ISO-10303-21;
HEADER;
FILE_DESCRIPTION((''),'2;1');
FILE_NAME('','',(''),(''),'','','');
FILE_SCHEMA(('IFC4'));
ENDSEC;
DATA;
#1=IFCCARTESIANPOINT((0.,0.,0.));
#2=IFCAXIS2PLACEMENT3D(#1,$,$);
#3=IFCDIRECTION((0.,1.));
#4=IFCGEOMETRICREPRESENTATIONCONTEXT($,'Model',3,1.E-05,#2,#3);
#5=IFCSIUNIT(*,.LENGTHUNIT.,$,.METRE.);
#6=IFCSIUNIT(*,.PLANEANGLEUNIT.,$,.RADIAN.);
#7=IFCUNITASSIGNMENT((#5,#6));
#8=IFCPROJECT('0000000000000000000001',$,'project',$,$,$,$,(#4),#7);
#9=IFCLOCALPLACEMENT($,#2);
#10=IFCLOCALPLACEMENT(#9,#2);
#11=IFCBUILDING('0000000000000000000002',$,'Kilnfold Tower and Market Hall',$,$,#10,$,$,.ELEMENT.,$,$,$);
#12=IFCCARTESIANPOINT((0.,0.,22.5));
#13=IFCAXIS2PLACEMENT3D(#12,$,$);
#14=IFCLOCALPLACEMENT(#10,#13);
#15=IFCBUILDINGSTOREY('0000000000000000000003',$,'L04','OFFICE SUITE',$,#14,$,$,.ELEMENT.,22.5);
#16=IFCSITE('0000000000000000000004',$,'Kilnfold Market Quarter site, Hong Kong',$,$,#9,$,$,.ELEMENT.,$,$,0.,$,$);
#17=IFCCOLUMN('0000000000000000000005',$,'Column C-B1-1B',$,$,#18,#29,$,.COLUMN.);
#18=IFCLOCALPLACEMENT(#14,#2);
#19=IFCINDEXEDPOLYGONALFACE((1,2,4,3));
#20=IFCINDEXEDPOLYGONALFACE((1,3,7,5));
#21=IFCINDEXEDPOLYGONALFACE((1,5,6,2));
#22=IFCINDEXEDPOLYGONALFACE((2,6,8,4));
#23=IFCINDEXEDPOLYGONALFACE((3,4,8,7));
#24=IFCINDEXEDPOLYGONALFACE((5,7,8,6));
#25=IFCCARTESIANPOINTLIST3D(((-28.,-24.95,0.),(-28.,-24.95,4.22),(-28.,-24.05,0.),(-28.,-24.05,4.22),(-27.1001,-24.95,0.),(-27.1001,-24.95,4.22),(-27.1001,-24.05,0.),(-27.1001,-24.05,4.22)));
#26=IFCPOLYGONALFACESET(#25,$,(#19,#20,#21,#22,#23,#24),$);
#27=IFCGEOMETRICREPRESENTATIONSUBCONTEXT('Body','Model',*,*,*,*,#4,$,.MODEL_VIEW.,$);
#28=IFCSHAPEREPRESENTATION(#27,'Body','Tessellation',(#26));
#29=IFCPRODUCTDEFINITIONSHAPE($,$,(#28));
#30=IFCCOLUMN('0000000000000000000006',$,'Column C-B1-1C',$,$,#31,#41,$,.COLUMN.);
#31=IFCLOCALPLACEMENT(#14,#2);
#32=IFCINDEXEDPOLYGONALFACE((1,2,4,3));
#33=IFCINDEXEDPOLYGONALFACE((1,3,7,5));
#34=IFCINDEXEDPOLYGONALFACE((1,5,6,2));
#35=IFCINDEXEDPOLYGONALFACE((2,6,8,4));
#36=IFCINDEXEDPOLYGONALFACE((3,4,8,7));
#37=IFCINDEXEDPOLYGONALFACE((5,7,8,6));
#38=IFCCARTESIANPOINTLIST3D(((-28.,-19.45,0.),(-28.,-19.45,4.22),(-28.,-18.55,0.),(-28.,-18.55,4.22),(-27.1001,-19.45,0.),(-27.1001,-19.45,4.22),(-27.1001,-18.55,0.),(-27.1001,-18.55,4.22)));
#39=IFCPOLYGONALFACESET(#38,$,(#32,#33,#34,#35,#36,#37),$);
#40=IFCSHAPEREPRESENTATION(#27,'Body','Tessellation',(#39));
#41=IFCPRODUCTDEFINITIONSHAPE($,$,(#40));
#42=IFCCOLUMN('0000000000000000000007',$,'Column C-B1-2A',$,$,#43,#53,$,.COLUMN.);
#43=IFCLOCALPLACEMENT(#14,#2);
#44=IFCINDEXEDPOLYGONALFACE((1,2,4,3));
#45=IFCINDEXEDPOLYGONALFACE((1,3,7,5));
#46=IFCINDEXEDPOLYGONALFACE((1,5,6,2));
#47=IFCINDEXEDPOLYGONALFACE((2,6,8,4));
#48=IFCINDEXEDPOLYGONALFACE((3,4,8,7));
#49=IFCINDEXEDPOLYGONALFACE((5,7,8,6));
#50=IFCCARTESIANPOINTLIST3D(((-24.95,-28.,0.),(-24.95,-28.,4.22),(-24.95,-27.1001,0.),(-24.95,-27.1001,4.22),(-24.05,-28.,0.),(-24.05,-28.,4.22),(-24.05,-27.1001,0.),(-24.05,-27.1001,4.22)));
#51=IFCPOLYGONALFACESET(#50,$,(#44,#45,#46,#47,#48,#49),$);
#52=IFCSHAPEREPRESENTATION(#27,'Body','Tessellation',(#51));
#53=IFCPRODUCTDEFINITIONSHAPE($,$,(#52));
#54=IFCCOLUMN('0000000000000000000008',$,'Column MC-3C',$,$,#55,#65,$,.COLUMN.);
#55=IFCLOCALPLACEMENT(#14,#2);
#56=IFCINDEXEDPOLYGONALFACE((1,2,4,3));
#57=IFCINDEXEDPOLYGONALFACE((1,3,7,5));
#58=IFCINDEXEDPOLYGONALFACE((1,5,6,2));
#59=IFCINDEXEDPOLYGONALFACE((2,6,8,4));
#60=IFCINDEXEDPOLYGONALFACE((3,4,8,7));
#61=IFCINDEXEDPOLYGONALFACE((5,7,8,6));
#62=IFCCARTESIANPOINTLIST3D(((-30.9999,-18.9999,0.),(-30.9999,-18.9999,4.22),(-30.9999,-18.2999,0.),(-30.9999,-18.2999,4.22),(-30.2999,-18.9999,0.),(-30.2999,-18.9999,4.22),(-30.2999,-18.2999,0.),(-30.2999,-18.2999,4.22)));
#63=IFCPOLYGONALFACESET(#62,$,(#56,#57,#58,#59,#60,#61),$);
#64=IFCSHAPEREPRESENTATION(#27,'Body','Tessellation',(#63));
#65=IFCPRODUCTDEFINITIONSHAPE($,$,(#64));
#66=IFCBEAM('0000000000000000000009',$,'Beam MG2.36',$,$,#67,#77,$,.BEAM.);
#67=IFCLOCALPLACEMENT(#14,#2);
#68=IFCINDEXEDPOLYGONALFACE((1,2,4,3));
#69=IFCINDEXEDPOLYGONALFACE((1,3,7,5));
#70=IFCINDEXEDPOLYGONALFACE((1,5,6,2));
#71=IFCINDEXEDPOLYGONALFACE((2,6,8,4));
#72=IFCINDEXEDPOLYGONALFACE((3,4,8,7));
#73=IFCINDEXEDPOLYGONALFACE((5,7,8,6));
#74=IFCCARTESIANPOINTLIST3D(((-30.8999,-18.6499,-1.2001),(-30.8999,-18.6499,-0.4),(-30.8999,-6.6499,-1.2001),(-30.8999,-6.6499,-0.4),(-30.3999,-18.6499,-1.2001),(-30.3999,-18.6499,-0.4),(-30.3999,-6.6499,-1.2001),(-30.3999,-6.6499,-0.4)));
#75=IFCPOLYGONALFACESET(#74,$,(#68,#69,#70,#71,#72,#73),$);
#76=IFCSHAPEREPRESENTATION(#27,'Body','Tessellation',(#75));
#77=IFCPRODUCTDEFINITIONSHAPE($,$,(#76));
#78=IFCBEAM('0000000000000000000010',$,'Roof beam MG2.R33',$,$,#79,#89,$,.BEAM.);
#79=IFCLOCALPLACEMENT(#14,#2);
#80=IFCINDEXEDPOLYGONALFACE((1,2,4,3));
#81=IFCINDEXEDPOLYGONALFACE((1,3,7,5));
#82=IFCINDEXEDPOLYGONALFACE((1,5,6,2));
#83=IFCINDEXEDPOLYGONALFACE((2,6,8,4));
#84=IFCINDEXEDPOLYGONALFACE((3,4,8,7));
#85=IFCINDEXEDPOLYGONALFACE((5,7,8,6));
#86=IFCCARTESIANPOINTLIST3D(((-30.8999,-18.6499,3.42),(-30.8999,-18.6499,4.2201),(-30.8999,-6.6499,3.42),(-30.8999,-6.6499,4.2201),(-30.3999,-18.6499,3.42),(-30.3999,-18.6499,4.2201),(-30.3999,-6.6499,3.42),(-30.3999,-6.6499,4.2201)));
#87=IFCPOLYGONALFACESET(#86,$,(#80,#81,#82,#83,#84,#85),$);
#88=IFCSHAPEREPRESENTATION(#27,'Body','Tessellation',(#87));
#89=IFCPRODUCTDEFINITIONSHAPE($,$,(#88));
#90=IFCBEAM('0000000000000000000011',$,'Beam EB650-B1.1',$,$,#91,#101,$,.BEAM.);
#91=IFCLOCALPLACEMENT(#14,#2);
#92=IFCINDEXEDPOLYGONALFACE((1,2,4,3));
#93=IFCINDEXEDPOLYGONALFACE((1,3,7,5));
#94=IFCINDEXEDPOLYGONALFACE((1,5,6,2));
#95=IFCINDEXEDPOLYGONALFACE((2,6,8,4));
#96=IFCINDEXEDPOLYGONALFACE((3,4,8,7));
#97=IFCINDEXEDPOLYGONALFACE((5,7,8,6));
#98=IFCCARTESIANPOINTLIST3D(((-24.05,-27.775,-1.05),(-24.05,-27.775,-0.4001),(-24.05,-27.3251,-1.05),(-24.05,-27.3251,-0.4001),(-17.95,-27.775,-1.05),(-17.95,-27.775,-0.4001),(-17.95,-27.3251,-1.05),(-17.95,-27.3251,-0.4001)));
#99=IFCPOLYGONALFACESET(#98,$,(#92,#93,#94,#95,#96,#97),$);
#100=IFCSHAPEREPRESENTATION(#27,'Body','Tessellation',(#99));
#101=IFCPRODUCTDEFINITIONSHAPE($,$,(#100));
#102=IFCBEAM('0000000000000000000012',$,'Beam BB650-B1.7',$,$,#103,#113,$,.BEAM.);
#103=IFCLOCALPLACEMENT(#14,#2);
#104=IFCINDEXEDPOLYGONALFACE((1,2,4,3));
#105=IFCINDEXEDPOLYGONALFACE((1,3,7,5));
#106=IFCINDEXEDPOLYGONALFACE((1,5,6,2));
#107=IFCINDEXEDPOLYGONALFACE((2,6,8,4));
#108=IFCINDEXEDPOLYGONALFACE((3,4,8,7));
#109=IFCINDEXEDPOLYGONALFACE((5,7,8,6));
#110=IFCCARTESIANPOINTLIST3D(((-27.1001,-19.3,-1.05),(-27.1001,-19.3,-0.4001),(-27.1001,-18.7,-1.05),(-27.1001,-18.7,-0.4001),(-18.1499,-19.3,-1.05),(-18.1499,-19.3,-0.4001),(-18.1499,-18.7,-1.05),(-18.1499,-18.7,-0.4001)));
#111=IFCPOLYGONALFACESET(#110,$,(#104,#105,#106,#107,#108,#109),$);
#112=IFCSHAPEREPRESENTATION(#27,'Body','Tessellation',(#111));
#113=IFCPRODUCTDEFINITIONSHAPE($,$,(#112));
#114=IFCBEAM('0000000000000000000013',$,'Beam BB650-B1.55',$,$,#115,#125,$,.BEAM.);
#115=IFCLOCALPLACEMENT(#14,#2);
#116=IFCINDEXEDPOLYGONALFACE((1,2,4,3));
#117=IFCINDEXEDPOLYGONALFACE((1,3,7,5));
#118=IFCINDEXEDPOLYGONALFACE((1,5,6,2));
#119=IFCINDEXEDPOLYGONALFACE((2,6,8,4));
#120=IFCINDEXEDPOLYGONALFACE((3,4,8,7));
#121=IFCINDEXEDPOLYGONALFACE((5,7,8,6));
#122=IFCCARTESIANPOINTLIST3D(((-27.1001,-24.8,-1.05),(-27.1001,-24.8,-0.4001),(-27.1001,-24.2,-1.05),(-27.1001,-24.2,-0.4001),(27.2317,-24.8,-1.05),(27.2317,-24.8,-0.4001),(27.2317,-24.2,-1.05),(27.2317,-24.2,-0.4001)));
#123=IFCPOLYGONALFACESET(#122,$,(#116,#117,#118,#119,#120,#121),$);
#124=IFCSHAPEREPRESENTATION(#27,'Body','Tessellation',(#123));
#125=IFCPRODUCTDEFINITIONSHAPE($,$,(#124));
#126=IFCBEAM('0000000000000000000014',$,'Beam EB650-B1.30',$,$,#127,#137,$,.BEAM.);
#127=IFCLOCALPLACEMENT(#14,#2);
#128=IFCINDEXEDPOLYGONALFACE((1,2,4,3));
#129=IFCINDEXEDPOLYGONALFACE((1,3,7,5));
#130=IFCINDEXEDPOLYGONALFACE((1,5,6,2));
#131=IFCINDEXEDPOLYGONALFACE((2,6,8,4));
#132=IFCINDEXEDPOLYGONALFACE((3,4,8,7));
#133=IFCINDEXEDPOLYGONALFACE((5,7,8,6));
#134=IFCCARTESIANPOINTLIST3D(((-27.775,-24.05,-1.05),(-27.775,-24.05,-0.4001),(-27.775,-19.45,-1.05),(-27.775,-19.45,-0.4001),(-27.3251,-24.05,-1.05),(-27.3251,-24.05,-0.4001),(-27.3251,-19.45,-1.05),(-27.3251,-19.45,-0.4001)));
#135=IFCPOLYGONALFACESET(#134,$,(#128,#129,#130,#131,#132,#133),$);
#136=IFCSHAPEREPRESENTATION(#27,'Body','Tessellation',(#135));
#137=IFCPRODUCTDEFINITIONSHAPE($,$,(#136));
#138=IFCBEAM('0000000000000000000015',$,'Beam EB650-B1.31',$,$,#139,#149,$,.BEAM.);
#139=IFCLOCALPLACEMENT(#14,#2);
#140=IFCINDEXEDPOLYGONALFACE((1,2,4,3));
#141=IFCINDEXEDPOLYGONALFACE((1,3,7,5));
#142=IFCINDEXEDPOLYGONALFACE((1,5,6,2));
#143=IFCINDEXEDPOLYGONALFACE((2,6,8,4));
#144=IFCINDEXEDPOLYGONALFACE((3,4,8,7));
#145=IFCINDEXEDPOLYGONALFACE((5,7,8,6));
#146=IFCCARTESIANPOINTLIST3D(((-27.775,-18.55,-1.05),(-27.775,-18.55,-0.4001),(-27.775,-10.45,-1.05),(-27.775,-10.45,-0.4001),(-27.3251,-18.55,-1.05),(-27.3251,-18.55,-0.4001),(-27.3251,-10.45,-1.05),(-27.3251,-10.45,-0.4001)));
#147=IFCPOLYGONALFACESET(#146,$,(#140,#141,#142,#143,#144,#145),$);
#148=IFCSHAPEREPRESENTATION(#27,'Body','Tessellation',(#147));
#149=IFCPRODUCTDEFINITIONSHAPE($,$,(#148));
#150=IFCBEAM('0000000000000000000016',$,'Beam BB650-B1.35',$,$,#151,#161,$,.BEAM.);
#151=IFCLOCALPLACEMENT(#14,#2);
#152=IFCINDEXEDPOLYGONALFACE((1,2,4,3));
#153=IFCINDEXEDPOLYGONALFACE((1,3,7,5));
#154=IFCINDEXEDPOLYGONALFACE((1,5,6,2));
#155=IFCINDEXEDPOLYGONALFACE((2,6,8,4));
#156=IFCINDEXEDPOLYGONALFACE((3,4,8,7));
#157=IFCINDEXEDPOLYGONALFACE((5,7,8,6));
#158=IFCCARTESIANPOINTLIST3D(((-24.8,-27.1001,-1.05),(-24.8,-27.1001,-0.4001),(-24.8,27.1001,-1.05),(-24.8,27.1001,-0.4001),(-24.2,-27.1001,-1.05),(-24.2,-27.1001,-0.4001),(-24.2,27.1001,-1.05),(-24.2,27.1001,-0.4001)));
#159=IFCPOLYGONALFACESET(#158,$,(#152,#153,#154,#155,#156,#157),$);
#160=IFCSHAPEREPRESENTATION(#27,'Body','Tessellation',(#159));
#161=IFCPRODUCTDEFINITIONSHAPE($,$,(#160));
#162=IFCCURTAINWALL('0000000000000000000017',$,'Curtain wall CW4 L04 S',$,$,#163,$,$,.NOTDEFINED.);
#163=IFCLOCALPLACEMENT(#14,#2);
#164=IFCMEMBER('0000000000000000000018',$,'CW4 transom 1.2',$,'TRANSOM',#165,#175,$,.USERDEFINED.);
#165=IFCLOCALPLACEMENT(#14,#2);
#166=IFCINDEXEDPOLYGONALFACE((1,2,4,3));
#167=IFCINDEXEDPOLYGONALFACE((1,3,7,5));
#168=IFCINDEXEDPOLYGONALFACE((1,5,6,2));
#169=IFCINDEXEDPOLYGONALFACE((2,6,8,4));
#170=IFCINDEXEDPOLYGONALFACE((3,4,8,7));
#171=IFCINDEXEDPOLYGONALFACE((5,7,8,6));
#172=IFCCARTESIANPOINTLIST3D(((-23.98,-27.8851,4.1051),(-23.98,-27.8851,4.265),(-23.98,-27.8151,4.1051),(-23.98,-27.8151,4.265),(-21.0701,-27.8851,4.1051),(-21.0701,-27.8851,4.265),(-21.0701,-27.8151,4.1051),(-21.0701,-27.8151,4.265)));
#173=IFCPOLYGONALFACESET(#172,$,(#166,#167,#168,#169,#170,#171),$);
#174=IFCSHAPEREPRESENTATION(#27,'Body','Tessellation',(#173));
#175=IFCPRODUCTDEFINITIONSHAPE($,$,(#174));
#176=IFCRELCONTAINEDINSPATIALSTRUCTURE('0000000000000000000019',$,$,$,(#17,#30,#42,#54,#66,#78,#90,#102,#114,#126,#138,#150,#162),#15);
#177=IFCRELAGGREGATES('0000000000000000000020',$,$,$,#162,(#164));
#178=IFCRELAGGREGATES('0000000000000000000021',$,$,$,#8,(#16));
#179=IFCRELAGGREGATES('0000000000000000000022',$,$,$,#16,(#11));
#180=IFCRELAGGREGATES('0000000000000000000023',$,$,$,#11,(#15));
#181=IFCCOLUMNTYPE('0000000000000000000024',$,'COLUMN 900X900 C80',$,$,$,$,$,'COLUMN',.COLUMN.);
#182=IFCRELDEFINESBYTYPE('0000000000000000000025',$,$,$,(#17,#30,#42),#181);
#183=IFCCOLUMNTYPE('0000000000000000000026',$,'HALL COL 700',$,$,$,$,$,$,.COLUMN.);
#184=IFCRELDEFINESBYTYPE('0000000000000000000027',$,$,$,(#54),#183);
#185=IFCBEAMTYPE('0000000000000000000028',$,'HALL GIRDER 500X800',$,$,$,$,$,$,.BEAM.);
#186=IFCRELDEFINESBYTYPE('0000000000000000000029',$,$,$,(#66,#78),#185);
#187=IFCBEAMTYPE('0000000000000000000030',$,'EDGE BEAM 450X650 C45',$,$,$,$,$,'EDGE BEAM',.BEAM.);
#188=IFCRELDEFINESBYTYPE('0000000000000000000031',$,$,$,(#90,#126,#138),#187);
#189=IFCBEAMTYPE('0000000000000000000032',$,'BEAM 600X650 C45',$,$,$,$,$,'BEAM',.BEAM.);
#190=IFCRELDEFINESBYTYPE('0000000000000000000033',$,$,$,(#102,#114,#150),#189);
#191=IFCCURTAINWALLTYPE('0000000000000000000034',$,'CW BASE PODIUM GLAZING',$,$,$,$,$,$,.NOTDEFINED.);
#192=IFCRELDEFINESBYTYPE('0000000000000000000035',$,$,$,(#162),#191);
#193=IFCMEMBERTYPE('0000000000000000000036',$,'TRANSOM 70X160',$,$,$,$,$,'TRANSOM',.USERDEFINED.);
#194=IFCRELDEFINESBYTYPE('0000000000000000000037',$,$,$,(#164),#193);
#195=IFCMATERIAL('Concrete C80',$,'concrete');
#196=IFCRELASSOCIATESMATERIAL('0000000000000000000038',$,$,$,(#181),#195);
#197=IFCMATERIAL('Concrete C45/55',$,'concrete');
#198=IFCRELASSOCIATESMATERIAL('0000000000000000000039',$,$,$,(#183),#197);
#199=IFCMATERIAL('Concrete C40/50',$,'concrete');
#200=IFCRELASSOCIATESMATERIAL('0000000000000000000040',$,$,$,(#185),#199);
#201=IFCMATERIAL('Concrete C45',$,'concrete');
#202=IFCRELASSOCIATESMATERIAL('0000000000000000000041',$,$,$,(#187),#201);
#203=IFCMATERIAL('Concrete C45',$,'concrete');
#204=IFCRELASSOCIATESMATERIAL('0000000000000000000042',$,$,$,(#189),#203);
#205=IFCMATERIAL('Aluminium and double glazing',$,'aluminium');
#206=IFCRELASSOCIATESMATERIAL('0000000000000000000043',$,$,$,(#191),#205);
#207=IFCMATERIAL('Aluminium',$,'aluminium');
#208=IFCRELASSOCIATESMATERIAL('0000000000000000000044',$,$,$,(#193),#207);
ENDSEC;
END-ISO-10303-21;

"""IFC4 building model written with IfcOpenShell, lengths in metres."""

from ifc_helpers import new_model, si_unit, direction, frame, origin, origin_2d, place, context, subcontext, project, spatial, rectangle, extrude, source, transform, mapped, material, material_profile, profile_set, type_object, element, aggregate, save


model = new_model("IFC4")

# Units and contexts
model_context = context("Model", 3, precision=1e-05, world=origin(), true_north=direction((0.0, 1.0)))
body_context = subcontext(model_context, "Body", "Model", "MODEL_VIEW")
ifc_project = project(units=[si_unit("LENGTHUNIT", "METRE"), si_unit("PLANEANGLEUNIT", "RADIAN")], contexts=[model_context])

# Site, building, storey
site_placement = place(None, origin())
site = spatial("IfcSite", under=ifc_project, at=site_placement, Name="Kilnfold Market Quarter site, Hong Kong", CompositionType="ELEMENT", RefElevation=0.0)
building_placement = place(site_placement, origin())
building = spatial("IfcBuilding", under=site, at=building_placement, Name="Kilnfold Tower and Market Hall", CompositionType="ELEMENT")
storey_placement = place(building_placement, frame((0.0, 0.0, 22.5)))
storey = spatial("IfcBuildingStorey", under=building, at=storey_placement, Name="L04", Description="OFFICE SUITE", CompositionType="ELEMENT", Elevation=22.5)

# Columns
ifc_material_1 = material(Name="Concrete C80", Category="concrete")
ifc_material_profile_1 = material_profile(ifc_material_1, rectangle(XDim=0.8999, YDim=0.8999, at=origin_2d()), Name="RC 900x900")
ifc_profile_set_1 = profile_set([ifc_material_profile_1], Name="Concrete C80")
column_type_1 = type_object("IfcColumnType", Name="COLUMN 900X900 C80", ElementType="COLUMN", PredefinedType="COLUMN", material=ifc_profile_set_1)
shared_shape_1 = source(origin(), body_context, "Body", "SweptSolid", [
    extrude(rectangle(XDim=0.8999, YDim=0.8999, at=origin_2d()), origin(), (0.0, 0.0, 1.0), 4.22),
])
for number, where, z_axis, x_axis, name in (
    (1, (-27.55, -24.5, 0.0), (0.0, 0.0, 1.0), (1.0, 0.0, 0.0), "Column C-B1-1B"),
    (2, (-27.55, -19.0, 0.0), (0.0, 0.0, 1.0), (1.0, 0.0, 0.0), "Column C-B1-1C"),
    (3, (-24.5, -27.55, 0.0), (0.0, 0.0, 1.0), (1.0, 0.0, 0.0), "Column C-B1-2A"),
):
    element("IfcColumn", number, at=place(storey_placement, frame(where, z_axis=z_axis, x_axis=x_axis)), inside=storey, type_object=column_type_1, Name=name, PredefinedType="COLUMN", context=body_context, shape_type="MappedRepresentation", body=[
        mapped(shared_shape_1, transform((0.0, 0.0, 0.0))),
    ])
ifc_material_2 = material(Name="Concrete C45/55", Category="concrete")
ifc_material_profile_2 = material_profile(ifc_material_2, rectangle(XDim=0.7, YDim=0.7, at=origin_2d()), Name="RC 700x700")
ifc_profile_set_2 = profile_set([ifc_material_profile_2], Name="Concrete C45/55")
column_type_2 = type_object("IfcColumnType", Name="HALL COL 700", PredefinedType="COLUMN", material=ifc_profile_set_2)
shared_shape_2 = source(origin(), body_context, "Body", "SweptSolid", [
    extrude(rectangle(XDim=0.7, YDim=0.7, at=origin_2d()), origin(), (0.0, 0.0, 1.0), 4.22),
])
column_placement = place(storey_placement, frame((-30.6499, -18.6499, 0.0), z_axis=(0.0, 0.0, 1.0), x_axis=(1.0, 0.0, 0.0)))
element("IfcColumn", 4, at=column_placement, inside=storey, type_object=column_type_2, Name="Column MC-3C", PredefinedType="COLUMN", context=body_context, shape_type="MappedRepresentation", body=[
    mapped(shared_shape_2, transform((0.0, 0.0, 0.0))),
])

# Beams
ifc_material_3 = material(Name="Concrete C40/50", Category="concrete")
ifc_material_profile_3 = material_profile(ifc_material_3, rectangle(XDim=0.5, YDim=0.8, at=origin_2d()), Name="RC 500x800")
ifc_profile_set_3 = profile_set([ifc_material_profile_3], Name="Concrete C40/50")
beam_type_1 = type_object("IfcBeamType", Name="HALL GIRDER 500X800", PredefinedType="BEAM", material=ifc_profile_set_3)
for number, where, z_axis, x_axis, name in (
    (5, (-30.6499, -18.6499, -0.8), (0.0, 1.0, 0.0), (-1.0, 0.0, 0.0), "Beam MG2.36"),
    (6, (-30.6499, -18.6499, 3.8201), (0.0, 1.0, 0.0), (-1.0, 0.0, 0.0), "Roof beam MG2.R33"),
):
    element("IfcBeam", number, at=place(storey_placement, frame(where, z_axis=z_axis, x_axis=x_axis)), inside=storey, type_object=beam_type_1, Name=name, PredefinedType="BEAM", context=body_context, shape_type="SweptSolid", body=[
        extrude(rectangle(XDim=0.5, YDim=0.8, at=origin_2d()), origin(), (0.0, 0.0, 1.0), 12.0),
    ])
ifc_material_4 = material(Name="Concrete C45", Category="concrete")
ifc_material_profile_4 = material_profile(ifc_material_4, rectangle(XDim=0.45, YDim=0.6499, at=origin_2d()), Name="RC 450x650")
ifc_profile_set_4 = profile_set([ifc_material_profile_4], Name="Concrete C45")
beam_type_2 = type_object("IfcBeamType", Name="EDGE BEAM 450X650 C45", ElementType="EDGE BEAM", PredefinedType="BEAM", material=ifc_profile_set_4)
shared_shape_3 = source(origin(), body_context, "Body", "SweptSolid", [
    extrude(rectangle(XDim=0.45, YDim=0.6499, at=origin_2d()), origin(), (0.0, 0.0, 1.0), 6.1001),
])
beam_1_placement = place(storey_placement, frame((-24.05, -27.55, -0.7251), z_axis=(1.0, 0.0, 0.0), x_axis=(0.0, 1.0, 0.0)))
element("IfcBeam", 7, at=beam_1_placement, inside=storey, type_object=beam_type_2, Name="Beam EB650-B1.1", PredefinedType="BEAM", context=body_context, shape_type="MappedRepresentation", body=[
    mapped(shared_shape_3, transform((0.0, 0.0, 0.0))),
])
ifc_material_5 = material(Name="Concrete C45", Category="concrete")
ifc_material_profile_5 = material_profile(ifc_material_5, rectangle(XDim=0.6001, YDim=0.6499, at=origin_2d()), Name="RC 600x650")
ifc_profile_set_5 = profile_set([ifc_material_profile_5], Name="Concrete C45")
beam_type_3 = type_object("IfcBeamType", Name="BEAM 600X650 C45", ElementType="BEAM", PredefinedType="BEAM", material=ifc_profile_set_5)
shared_shape_4 = source(origin(), body_context, "Body", "SweptSolid", [
    extrude(rectangle(XDim=0.6001, YDim=0.6499, at=origin_2d()), origin(), (0.0, 0.0, 1.0), 8.9502),
])
beam_2_placement = place(storey_placement, frame((-27.1001, -19.0, -0.7251), z_axis=(1.0, 0.0, 0.0), x_axis=(0.0, 1.0, 0.0)))
element("IfcBeam", 8, at=beam_2_placement, inside=storey, type_object=beam_type_3, Name="Beam BB650-B1.7", PredefinedType="BEAM", context=body_context, shape_type="MappedRepresentation", body=[
    mapped(shared_shape_4, transform((0.0, 0.0, 0.0))),
])
shared_shape_5 = source(origin(), body_context, "Body", "SweptSolid", [
    extrude(rectangle(XDim=0.6001, YDim=0.6499, at=origin_2d()), origin(), (0.0, 0.0, 1.0), 54.3318),
])
beam_3_placement = place(storey_placement, frame((-27.1001, -24.5, -0.7251), z_axis=(1.0, 0.0, 0.0), x_axis=(0.0, 1.0, 0.0)))
element("IfcBeam", 9, at=beam_3_placement, inside=storey, type_object=beam_type_3, Name="Beam BB650-B1.55", PredefinedType="BEAM", context=body_context, shape_type="MappedRepresentation", body=[
    mapped(shared_shape_5, transform((0.0, 0.0, 0.0))),
])
shared_shape_6 = source(origin(), body_context, "Body", "SweptSolid", [
    extrude(rectangle(XDim=0.45, YDim=0.6499, at=origin_2d()), origin(), (0.0, 0.0, 1.0), 4.6001),
])
beam_4_placement = place(storey_placement, frame((-27.55, -24.05, -0.7251), z_axis=(0.0, 1.0, 0.0), x_axis=(-1.0, 0.0, 0.0)))
element("IfcBeam", 10, at=beam_4_placement, inside=storey, type_object=beam_type_2, Name="Beam EB650-B1.30", PredefinedType="BEAM", context=body_context, shape_type="MappedRepresentation", body=[
    mapped(shared_shape_6, transform((0.0, 0.0, 0.0))),
])
shared_shape_7 = source(origin(), body_context, "Body", "SweptSolid", [
    extrude(rectangle(XDim=0.45, YDim=0.6499, at=origin_2d()), origin(), (0.0, 0.0, 1.0), 8.1001),
])
beam_5_placement = place(storey_placement, frame((-27.55, -18.55, -0.7251), z_axis=(0.0, 1.0, 0.0), x_axis=(-1.0, 0.0, 0.0)))
element("IfcBeam", 11, at=beam_5_placement, inside=storey, type_object=beam_type_2, Name="Beam EB650-B1.31", PredefinedType="BEAM", context=body_context, shape_type="MappedRepresentation", body=[
    mapped(shared_shape_7, transform((0.0, 0.0, 0.0))),
])
shared_shape_8 = source(origin(), body_context, "Body", "SweptSolid", [
    extrude(rectangle(XDim=0.6001, YDim=0.6499, at=origin_2d()), origin(), (0.0, 0.0, 1.0), 54.2002),
])
beam_6_placement = place(storey_placement, frame((-24.5, -27.1001, -0.7251), z_axis=(0.0, 1.0, 0.0), x_axis=(-1.0, 0.0, 0.0)))
element("IfcBeam", 12, at=beam_6_placement, inside=storey, type_object=beam_type_3, Name="Beam BB650-B1.35", PredefinedType="BEAM", context=body_context, shape_type="MappedRepresentation", body=[
    mapped(shared_shape_8, transform((0.0, 0.0, 0.0))),
])

# Curtain wall, member
ifc_material_6 = material(Name="Aluminium and double glazing", Category="aluminium")
curtain_wall_type = type_object("IfcCurtainWallType", Name="CW BASE PODIUM GLAZING", PredefinedType="NOTDEFINED", material=ifc_material_6)
curtain_wall_1_placement = place(storey_placement, origin())
curtain_wall_1 = element("IfcCurtainWall", 13, at=curtain_wall_1_placement, inside=storey, type_object=curtain_wall_type, Name="Curtain wall CW4 L04 S", PredefinedType="NOTDEFINED")
ifc_material_7 = material(Name="Aluminium", Category="aluminium")
ifc_material_profile_6 = material_profile(ifc_material_7, rectangle(XDim=0.0701, YDim=0.1599, at=origin_2d()), Name="TRANSOM 70x160")
ifc_profile_set_6 = profile_set([ifc_material_profile_6], Name="Aluminium")
member_type_1 = type_object("IfcMemberType", Name="TRANSOM 70X160", ElementType="TRANSOM", PredefinedType="USERDEFINED", material=ifc_profile_set_6)
shared_shape_9 = source(origin(), body_context, "Body", "SweptSolid", [
    extrude(rectangle(XDim=0.0701, YDim=0.1599, at=origin_2d()), origin(), (0.0, 0.0, 1.0), 2.9099),
])
member_1_placement = place(storey_placement, frame((-23.98, -27.8501, 4.1851), z_axis=(1.0, 0.0, 0.0), x_axis=(0.0, 1.0, 0.0)))
member_1 = element("IfcMember", 14, at=member_1_placement, type_object=member_type_1, Name="CW4 transom 1.2", ObjectType="TRANSOM", PredefinedType="USERDEFINED", context=body_context, shape_type="MappedRepresentation", body=[
    mapped(shared_shape_9, transform((0.0, 0.0, 0.0))),
])

aggregate(curtain_wall_1, [member_1])

save(model, "model.ifc")
